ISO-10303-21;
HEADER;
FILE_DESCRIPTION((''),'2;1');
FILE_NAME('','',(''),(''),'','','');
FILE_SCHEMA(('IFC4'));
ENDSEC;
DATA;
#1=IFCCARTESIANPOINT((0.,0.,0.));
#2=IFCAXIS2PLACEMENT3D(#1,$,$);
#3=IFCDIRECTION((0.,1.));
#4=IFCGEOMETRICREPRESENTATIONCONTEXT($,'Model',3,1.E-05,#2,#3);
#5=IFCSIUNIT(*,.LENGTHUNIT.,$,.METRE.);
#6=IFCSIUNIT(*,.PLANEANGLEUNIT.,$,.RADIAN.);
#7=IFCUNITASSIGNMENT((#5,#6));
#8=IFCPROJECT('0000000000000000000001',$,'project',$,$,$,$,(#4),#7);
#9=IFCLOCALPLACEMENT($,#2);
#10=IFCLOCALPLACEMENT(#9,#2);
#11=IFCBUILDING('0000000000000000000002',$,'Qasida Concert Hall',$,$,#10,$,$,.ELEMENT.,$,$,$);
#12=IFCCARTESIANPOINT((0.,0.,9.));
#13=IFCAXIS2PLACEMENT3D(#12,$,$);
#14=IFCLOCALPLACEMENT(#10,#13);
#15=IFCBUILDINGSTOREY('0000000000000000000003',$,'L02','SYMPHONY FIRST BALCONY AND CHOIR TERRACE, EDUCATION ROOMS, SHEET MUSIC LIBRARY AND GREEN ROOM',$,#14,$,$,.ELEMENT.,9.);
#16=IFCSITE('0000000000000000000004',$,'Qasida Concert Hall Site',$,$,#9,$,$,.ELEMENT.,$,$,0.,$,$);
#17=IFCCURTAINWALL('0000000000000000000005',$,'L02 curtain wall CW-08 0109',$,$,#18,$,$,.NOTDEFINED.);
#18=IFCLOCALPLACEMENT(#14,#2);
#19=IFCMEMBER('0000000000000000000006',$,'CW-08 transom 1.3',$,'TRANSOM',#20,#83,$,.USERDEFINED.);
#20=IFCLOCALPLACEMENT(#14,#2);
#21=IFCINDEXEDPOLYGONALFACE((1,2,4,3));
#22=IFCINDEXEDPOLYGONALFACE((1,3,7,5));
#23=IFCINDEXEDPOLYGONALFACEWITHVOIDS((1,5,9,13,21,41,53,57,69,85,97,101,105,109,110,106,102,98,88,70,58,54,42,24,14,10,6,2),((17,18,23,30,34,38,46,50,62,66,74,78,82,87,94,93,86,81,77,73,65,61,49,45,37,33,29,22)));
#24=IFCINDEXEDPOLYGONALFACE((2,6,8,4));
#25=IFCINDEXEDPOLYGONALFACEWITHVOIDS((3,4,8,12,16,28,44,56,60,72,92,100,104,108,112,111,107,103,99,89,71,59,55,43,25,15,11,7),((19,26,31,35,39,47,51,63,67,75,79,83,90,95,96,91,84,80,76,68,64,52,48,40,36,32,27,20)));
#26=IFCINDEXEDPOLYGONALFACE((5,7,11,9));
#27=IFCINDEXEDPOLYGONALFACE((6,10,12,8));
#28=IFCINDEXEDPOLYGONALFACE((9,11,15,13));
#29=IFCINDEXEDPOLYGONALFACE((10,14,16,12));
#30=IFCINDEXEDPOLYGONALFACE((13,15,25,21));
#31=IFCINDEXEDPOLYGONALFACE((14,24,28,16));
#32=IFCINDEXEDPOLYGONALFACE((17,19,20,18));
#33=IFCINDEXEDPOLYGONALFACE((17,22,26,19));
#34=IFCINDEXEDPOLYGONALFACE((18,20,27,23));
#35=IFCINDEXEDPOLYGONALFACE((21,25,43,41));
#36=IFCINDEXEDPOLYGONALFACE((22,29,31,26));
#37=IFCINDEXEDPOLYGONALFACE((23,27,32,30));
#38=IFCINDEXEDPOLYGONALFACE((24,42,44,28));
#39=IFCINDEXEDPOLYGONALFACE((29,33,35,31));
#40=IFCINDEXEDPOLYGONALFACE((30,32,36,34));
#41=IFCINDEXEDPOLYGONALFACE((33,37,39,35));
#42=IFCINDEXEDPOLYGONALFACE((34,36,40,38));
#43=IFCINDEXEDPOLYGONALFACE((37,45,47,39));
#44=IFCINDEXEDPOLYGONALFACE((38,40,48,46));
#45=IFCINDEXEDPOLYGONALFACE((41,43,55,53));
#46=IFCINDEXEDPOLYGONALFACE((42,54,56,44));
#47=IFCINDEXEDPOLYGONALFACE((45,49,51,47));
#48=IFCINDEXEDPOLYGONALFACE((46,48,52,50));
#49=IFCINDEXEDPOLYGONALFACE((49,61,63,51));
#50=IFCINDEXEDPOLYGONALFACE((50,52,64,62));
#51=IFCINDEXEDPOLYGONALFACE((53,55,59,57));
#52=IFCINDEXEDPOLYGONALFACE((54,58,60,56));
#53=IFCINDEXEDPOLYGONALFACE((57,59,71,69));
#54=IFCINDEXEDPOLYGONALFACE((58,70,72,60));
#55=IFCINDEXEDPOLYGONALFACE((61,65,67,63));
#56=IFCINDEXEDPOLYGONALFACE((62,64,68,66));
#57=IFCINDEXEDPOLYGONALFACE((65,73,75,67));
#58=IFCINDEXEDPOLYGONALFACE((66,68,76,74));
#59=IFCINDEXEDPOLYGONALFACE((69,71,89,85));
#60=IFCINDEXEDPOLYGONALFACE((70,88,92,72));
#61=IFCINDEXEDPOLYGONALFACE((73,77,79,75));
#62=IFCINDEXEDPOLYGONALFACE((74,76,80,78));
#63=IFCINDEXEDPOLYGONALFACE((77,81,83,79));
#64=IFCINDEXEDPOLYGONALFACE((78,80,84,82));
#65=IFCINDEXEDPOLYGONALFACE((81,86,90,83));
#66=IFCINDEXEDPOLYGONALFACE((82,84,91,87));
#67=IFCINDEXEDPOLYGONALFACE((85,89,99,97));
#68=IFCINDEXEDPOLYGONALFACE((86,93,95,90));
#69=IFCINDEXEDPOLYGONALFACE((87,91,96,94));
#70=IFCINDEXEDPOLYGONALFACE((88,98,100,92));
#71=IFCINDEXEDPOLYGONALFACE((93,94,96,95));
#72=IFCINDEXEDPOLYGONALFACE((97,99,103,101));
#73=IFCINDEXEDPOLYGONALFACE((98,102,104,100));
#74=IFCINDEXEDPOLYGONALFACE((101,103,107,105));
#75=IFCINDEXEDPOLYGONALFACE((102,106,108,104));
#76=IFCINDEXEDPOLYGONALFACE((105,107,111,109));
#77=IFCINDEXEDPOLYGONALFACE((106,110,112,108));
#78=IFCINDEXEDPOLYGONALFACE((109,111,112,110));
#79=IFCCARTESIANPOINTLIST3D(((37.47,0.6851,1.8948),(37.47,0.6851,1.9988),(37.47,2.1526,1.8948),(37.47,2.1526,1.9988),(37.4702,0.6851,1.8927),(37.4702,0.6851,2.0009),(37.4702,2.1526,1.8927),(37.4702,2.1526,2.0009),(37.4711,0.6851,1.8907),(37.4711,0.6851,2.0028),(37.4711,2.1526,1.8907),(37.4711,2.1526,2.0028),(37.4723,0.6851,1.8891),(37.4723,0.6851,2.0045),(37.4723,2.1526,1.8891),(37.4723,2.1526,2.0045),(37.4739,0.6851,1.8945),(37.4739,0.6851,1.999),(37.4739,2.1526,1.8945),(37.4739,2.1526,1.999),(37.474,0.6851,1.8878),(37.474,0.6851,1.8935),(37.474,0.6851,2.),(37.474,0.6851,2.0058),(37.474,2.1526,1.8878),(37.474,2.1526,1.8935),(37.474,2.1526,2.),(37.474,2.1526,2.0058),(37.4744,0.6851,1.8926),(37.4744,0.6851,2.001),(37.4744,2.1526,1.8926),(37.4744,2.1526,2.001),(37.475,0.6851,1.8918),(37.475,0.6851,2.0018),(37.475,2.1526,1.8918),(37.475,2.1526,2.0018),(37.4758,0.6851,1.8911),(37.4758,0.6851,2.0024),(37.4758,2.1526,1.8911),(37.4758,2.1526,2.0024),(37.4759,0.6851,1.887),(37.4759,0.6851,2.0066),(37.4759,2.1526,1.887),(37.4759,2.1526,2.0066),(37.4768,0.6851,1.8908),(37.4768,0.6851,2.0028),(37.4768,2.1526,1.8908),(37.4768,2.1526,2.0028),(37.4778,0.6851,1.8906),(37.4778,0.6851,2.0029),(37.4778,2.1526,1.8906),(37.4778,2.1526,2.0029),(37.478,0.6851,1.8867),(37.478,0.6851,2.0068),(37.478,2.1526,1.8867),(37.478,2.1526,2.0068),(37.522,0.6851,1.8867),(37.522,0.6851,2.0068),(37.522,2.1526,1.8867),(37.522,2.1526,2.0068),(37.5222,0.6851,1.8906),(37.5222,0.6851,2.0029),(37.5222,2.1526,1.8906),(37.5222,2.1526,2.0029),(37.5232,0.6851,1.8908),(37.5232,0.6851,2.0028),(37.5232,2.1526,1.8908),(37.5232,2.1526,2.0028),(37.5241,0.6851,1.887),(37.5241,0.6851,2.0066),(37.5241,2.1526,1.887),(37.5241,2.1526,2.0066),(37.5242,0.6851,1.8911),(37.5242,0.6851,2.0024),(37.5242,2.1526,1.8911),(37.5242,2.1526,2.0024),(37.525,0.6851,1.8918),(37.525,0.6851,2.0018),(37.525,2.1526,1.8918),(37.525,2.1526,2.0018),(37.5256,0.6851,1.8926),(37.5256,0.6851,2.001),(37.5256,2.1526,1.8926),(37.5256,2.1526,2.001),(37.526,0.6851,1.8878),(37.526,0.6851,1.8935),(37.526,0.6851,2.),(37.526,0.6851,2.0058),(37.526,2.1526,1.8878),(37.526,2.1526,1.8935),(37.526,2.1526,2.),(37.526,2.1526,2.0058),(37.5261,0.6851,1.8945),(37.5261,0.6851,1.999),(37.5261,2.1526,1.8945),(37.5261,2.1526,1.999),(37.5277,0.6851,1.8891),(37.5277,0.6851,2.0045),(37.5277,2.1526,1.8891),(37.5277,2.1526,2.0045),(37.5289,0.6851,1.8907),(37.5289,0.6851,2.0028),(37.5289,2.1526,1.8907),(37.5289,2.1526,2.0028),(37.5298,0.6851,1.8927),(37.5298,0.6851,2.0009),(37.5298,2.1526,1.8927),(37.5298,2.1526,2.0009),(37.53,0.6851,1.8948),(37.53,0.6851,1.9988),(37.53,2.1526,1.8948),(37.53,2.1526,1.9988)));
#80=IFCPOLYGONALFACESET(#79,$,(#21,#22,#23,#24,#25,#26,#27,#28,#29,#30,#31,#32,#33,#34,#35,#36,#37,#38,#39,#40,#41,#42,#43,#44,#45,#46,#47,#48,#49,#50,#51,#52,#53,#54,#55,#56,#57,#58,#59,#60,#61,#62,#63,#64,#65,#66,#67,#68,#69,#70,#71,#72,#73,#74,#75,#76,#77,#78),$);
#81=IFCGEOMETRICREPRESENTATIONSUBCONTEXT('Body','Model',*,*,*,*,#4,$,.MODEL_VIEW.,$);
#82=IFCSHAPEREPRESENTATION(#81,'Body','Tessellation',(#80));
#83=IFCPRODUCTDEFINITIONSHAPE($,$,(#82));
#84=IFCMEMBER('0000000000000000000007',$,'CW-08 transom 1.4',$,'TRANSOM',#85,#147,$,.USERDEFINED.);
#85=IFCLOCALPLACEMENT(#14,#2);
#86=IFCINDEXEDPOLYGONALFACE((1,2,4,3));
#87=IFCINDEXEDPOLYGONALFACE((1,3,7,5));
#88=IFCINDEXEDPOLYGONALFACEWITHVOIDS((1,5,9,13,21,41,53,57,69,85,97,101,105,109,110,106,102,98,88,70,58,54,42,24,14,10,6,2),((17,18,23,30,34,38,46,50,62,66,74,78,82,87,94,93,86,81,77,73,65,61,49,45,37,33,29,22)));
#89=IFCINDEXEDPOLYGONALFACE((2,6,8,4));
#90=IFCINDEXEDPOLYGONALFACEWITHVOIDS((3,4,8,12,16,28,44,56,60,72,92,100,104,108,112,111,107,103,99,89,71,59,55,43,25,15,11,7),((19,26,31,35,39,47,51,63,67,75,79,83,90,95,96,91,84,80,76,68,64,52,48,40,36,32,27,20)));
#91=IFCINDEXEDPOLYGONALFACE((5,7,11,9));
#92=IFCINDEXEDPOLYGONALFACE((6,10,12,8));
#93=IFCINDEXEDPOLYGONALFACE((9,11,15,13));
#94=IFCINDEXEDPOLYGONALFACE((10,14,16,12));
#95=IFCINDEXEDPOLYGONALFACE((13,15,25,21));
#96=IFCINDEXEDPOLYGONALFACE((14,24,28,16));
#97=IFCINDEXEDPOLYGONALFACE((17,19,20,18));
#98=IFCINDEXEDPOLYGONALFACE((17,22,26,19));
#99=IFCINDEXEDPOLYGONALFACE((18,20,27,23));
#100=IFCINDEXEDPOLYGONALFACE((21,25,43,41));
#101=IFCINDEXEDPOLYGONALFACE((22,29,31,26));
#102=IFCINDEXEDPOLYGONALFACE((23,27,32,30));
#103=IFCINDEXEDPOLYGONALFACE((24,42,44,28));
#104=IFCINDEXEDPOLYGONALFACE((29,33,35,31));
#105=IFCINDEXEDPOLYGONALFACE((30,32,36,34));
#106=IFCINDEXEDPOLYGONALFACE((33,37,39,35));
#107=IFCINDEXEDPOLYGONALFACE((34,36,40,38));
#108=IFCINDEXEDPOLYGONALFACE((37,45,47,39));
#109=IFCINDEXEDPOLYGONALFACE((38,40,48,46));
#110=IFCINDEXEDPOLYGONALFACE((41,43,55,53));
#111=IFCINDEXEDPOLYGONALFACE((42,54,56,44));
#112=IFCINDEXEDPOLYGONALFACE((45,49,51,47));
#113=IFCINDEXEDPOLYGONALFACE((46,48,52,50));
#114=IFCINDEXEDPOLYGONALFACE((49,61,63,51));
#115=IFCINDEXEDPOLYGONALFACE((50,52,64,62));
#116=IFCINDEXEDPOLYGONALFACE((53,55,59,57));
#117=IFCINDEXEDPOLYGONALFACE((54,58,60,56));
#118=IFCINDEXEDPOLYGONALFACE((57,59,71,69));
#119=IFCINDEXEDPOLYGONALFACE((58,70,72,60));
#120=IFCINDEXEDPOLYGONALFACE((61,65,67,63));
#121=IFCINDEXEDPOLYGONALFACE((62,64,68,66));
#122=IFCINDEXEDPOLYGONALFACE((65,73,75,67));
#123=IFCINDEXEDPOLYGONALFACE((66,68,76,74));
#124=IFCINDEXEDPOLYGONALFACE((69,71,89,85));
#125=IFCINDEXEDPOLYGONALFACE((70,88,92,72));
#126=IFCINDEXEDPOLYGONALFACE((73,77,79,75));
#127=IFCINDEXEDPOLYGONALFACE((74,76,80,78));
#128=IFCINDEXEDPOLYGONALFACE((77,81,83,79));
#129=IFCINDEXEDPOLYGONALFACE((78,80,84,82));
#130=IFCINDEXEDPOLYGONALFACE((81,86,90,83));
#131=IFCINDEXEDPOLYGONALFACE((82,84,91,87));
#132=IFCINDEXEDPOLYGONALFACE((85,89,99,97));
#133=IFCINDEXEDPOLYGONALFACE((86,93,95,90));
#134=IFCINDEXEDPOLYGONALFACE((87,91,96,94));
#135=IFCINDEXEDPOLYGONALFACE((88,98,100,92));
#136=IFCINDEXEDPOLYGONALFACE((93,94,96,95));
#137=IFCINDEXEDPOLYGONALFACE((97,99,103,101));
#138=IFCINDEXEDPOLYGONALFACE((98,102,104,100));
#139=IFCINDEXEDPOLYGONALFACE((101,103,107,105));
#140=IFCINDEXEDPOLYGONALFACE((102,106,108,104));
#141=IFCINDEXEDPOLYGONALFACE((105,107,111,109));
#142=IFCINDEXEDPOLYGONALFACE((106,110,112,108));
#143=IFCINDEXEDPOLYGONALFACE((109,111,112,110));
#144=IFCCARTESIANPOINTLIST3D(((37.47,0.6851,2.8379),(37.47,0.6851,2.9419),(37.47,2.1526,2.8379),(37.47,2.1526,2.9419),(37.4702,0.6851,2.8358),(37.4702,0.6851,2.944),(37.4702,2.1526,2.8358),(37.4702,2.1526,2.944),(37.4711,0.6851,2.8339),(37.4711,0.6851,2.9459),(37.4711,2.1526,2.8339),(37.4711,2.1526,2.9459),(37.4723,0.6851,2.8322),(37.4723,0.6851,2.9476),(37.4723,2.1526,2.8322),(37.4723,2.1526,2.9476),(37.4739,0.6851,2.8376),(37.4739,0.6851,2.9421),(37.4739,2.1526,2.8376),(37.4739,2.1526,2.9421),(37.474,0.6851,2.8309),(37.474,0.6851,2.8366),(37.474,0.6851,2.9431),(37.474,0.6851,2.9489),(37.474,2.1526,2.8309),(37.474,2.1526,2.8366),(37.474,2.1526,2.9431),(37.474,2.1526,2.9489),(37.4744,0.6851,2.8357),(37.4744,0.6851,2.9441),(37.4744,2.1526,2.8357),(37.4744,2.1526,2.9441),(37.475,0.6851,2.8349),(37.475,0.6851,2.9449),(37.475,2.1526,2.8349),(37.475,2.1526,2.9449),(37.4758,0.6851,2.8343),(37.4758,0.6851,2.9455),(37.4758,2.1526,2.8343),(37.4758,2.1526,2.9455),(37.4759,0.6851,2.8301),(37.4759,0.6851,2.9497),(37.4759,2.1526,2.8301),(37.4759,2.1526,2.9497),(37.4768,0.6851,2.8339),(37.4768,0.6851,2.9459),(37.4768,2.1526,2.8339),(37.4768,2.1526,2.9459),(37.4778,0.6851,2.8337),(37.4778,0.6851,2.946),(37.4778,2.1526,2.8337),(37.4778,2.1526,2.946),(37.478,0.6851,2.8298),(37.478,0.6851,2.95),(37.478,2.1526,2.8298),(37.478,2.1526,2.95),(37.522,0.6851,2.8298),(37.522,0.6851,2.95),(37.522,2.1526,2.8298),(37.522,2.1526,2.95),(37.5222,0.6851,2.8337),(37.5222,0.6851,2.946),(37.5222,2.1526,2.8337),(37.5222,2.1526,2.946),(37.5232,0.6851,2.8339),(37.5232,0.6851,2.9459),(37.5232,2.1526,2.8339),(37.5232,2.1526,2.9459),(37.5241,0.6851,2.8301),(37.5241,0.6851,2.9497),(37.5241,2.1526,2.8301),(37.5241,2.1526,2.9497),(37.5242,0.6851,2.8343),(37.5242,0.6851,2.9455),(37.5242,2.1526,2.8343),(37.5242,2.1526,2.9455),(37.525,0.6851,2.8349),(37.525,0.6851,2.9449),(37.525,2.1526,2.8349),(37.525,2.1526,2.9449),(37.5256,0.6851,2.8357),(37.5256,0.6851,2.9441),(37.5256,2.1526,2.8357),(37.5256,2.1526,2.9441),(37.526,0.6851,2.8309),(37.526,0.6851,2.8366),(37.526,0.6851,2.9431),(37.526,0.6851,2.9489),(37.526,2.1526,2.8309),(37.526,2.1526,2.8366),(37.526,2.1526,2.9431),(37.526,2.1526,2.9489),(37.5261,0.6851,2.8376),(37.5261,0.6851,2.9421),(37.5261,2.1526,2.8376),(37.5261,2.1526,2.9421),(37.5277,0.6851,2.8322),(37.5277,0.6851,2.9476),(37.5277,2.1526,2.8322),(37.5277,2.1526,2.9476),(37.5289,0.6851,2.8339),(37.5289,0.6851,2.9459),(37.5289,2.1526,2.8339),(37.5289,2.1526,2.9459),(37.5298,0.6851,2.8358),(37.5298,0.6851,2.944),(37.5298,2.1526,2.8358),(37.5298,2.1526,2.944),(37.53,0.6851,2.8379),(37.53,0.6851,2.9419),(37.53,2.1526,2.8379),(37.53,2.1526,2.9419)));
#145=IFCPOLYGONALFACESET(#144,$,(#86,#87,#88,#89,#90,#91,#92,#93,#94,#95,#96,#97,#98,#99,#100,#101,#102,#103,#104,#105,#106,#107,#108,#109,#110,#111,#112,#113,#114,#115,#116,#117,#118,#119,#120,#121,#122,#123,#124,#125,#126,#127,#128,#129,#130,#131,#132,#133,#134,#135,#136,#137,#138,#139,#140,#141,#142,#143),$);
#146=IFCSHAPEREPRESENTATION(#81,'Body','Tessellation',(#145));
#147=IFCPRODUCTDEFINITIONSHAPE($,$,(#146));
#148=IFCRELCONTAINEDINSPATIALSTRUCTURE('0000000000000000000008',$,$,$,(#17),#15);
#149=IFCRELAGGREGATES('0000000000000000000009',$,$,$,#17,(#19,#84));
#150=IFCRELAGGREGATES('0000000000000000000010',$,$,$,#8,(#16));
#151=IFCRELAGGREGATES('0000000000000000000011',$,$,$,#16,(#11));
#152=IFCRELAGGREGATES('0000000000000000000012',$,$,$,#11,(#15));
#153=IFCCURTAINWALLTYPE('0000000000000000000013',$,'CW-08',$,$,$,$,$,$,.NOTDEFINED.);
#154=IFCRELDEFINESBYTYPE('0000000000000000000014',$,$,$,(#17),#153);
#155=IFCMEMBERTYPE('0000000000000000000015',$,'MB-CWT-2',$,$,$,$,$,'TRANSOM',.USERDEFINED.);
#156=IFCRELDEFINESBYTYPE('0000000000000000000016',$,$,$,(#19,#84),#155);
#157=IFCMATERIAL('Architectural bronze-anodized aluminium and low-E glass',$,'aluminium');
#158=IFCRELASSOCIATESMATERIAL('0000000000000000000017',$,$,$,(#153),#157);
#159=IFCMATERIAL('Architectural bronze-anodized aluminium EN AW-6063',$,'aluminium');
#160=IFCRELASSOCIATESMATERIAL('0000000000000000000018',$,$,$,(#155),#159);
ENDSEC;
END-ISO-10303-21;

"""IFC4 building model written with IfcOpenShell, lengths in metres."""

from ifc_helpers import new_model, si_unit, direction, frame, origin, origin_2d, place, context, subcontext, project, spatial, hollow_rectangle, extrude, material, material_profile, profile_set, type_object, element, aggregate, save


model = new_model("IFC4")

# Units and contexts
model_context = context("Model", 3, precision=1e-05, world=origin(), true_north=direction((0.0, 1.0)))
body_context = subcontext(model_context, "Body", "Model", "MODEL_VIEW")
ifc_project = project(units=[si_unit("LENGTHUNIT", "METRE"), si_unit("PLANEANGLEUNIT", "RADIAN")], contexts=[model_context])

# Site, building, storey
site_placement = place(None, origin())
site = spatial("IfcSite", under=ifc_project, at=site_placement, Name="Qasida Concert Hall Site", CompositionType="ELEMENT", RefElevation=0.0)
building_placement = place(site_placement, origin())
building = spatial("IfcBuilding", under=site, at=building_placement, Name="Qasida Concert Hall", CompositionType="ELEMENT")
storey_placement = place(building_placement, frame((0.0, 0.0, 9.0)))
storey = spatial("IfcBuildingStorey", under=building, at=storey_placement, Name="L02", Description="SYMPHONY FIRST BALCONY AND CHOIR TERRACE, EDUCATION ROOMS, SHEET MUSIC LIBRARY AND GREEN ROOM", CompositionType="ELEMENT", Elevation=9.0)

# Curtain wall
ifc_material_1 = material(Name="Architectural bronze-anodized aluminium and low-E glass", Category="aluminium")
curtain_wall_type = type_object("IfcCurtainWallType", Name="CW-08", PredefinedType="NOTDEFINED", material=ifc_material_1)
ifc_material_2 = material(Name="Architectural bronze-anodized aluminium EN AW-6063", Category="aluminium")
curtain_wall_1_placement = place(storey_placement, origin())
curtain_wall_1 = element("IfcCurtainWall", 1, at=curtain_wall_1_placement, inside=storey, type_object=curtain_wall_type, Name="L02 curtain wall CW-08 0109", PredefinedType="NOTDEFINED")

# Members
ifc_material_profile_1 = material_profile(ifc_material_2, hollow_rectangle(XDim=0.0601, YDim=0.1201, WallThickness=0.0039, InnerFilletRadius=0.0039, OuterFilletRadius=0.0081, at=origin_2d()), Name="CWT 120x60x4")
ifc_profile_set_1 = profile_set([ifc_material_profile_1], Name="Architectural bronze-anodized aluminium EN AW-6063")
member_type_1 = type_object("IfcMemberType", Name="MB-CWT-2", ElementType="TRANSOM", PredefinedType="USERDEFINED", material=ifc_profile_set_1)
member_1_placement = place(storey_placement, frame((37.5, 0.6851, 1.9468), z_axis=(0.0, 1.0, 0.0), x_axis=(-1.0, 0.0, 0.0)))
member_1 = element("IfcMember", 2, at=member_1_placement, type_object=member_type_1, Name="CW-08 transom 1.3", ObjectType="TRANSOM", PredefinedType="USERDEFINED", context=body_context, shape_type="SweptSolid", body=[
    extrude(hollow_rectangle(XDim=0.0601, YDim=0.1201, WallThickness=0.0039, InnerFilletRadius=0.0039, OuterFilletRadius=0.0081, at=origin_2d()), origin(), (0.0, 0.0, 1.0), 1.4675),
])
member_2_placement = place(storey_placement, frame((37.5, 0.6851, 2.8899), z_axis=(0.0, 1.0, 0.0), x_axis=(-1.0, 0.0, 0.0)))
member_2 = element("IfcMember", 3, at=member_2_placement, type_object=member_type_1, Name="CW-08 transom 1.4", ObjectType="TRANSOM", PredefinedType="USERDEFINED", context=body_context, shape_type="SweptSolid", body=[
    extrude(hollow_rectangle(XDim=0.0601, YDim=0.1201, WallThickness=0.0039, InnerFilletRadius=0.0039, OuterFilletRadius=0.0081, at=origin_2d()), origin(), (0.0, 0.0, 1.0), 1.4675),
])

aggregate(curtain_wall_1, [member_1, member_2])

save(model, "model.ifc")
